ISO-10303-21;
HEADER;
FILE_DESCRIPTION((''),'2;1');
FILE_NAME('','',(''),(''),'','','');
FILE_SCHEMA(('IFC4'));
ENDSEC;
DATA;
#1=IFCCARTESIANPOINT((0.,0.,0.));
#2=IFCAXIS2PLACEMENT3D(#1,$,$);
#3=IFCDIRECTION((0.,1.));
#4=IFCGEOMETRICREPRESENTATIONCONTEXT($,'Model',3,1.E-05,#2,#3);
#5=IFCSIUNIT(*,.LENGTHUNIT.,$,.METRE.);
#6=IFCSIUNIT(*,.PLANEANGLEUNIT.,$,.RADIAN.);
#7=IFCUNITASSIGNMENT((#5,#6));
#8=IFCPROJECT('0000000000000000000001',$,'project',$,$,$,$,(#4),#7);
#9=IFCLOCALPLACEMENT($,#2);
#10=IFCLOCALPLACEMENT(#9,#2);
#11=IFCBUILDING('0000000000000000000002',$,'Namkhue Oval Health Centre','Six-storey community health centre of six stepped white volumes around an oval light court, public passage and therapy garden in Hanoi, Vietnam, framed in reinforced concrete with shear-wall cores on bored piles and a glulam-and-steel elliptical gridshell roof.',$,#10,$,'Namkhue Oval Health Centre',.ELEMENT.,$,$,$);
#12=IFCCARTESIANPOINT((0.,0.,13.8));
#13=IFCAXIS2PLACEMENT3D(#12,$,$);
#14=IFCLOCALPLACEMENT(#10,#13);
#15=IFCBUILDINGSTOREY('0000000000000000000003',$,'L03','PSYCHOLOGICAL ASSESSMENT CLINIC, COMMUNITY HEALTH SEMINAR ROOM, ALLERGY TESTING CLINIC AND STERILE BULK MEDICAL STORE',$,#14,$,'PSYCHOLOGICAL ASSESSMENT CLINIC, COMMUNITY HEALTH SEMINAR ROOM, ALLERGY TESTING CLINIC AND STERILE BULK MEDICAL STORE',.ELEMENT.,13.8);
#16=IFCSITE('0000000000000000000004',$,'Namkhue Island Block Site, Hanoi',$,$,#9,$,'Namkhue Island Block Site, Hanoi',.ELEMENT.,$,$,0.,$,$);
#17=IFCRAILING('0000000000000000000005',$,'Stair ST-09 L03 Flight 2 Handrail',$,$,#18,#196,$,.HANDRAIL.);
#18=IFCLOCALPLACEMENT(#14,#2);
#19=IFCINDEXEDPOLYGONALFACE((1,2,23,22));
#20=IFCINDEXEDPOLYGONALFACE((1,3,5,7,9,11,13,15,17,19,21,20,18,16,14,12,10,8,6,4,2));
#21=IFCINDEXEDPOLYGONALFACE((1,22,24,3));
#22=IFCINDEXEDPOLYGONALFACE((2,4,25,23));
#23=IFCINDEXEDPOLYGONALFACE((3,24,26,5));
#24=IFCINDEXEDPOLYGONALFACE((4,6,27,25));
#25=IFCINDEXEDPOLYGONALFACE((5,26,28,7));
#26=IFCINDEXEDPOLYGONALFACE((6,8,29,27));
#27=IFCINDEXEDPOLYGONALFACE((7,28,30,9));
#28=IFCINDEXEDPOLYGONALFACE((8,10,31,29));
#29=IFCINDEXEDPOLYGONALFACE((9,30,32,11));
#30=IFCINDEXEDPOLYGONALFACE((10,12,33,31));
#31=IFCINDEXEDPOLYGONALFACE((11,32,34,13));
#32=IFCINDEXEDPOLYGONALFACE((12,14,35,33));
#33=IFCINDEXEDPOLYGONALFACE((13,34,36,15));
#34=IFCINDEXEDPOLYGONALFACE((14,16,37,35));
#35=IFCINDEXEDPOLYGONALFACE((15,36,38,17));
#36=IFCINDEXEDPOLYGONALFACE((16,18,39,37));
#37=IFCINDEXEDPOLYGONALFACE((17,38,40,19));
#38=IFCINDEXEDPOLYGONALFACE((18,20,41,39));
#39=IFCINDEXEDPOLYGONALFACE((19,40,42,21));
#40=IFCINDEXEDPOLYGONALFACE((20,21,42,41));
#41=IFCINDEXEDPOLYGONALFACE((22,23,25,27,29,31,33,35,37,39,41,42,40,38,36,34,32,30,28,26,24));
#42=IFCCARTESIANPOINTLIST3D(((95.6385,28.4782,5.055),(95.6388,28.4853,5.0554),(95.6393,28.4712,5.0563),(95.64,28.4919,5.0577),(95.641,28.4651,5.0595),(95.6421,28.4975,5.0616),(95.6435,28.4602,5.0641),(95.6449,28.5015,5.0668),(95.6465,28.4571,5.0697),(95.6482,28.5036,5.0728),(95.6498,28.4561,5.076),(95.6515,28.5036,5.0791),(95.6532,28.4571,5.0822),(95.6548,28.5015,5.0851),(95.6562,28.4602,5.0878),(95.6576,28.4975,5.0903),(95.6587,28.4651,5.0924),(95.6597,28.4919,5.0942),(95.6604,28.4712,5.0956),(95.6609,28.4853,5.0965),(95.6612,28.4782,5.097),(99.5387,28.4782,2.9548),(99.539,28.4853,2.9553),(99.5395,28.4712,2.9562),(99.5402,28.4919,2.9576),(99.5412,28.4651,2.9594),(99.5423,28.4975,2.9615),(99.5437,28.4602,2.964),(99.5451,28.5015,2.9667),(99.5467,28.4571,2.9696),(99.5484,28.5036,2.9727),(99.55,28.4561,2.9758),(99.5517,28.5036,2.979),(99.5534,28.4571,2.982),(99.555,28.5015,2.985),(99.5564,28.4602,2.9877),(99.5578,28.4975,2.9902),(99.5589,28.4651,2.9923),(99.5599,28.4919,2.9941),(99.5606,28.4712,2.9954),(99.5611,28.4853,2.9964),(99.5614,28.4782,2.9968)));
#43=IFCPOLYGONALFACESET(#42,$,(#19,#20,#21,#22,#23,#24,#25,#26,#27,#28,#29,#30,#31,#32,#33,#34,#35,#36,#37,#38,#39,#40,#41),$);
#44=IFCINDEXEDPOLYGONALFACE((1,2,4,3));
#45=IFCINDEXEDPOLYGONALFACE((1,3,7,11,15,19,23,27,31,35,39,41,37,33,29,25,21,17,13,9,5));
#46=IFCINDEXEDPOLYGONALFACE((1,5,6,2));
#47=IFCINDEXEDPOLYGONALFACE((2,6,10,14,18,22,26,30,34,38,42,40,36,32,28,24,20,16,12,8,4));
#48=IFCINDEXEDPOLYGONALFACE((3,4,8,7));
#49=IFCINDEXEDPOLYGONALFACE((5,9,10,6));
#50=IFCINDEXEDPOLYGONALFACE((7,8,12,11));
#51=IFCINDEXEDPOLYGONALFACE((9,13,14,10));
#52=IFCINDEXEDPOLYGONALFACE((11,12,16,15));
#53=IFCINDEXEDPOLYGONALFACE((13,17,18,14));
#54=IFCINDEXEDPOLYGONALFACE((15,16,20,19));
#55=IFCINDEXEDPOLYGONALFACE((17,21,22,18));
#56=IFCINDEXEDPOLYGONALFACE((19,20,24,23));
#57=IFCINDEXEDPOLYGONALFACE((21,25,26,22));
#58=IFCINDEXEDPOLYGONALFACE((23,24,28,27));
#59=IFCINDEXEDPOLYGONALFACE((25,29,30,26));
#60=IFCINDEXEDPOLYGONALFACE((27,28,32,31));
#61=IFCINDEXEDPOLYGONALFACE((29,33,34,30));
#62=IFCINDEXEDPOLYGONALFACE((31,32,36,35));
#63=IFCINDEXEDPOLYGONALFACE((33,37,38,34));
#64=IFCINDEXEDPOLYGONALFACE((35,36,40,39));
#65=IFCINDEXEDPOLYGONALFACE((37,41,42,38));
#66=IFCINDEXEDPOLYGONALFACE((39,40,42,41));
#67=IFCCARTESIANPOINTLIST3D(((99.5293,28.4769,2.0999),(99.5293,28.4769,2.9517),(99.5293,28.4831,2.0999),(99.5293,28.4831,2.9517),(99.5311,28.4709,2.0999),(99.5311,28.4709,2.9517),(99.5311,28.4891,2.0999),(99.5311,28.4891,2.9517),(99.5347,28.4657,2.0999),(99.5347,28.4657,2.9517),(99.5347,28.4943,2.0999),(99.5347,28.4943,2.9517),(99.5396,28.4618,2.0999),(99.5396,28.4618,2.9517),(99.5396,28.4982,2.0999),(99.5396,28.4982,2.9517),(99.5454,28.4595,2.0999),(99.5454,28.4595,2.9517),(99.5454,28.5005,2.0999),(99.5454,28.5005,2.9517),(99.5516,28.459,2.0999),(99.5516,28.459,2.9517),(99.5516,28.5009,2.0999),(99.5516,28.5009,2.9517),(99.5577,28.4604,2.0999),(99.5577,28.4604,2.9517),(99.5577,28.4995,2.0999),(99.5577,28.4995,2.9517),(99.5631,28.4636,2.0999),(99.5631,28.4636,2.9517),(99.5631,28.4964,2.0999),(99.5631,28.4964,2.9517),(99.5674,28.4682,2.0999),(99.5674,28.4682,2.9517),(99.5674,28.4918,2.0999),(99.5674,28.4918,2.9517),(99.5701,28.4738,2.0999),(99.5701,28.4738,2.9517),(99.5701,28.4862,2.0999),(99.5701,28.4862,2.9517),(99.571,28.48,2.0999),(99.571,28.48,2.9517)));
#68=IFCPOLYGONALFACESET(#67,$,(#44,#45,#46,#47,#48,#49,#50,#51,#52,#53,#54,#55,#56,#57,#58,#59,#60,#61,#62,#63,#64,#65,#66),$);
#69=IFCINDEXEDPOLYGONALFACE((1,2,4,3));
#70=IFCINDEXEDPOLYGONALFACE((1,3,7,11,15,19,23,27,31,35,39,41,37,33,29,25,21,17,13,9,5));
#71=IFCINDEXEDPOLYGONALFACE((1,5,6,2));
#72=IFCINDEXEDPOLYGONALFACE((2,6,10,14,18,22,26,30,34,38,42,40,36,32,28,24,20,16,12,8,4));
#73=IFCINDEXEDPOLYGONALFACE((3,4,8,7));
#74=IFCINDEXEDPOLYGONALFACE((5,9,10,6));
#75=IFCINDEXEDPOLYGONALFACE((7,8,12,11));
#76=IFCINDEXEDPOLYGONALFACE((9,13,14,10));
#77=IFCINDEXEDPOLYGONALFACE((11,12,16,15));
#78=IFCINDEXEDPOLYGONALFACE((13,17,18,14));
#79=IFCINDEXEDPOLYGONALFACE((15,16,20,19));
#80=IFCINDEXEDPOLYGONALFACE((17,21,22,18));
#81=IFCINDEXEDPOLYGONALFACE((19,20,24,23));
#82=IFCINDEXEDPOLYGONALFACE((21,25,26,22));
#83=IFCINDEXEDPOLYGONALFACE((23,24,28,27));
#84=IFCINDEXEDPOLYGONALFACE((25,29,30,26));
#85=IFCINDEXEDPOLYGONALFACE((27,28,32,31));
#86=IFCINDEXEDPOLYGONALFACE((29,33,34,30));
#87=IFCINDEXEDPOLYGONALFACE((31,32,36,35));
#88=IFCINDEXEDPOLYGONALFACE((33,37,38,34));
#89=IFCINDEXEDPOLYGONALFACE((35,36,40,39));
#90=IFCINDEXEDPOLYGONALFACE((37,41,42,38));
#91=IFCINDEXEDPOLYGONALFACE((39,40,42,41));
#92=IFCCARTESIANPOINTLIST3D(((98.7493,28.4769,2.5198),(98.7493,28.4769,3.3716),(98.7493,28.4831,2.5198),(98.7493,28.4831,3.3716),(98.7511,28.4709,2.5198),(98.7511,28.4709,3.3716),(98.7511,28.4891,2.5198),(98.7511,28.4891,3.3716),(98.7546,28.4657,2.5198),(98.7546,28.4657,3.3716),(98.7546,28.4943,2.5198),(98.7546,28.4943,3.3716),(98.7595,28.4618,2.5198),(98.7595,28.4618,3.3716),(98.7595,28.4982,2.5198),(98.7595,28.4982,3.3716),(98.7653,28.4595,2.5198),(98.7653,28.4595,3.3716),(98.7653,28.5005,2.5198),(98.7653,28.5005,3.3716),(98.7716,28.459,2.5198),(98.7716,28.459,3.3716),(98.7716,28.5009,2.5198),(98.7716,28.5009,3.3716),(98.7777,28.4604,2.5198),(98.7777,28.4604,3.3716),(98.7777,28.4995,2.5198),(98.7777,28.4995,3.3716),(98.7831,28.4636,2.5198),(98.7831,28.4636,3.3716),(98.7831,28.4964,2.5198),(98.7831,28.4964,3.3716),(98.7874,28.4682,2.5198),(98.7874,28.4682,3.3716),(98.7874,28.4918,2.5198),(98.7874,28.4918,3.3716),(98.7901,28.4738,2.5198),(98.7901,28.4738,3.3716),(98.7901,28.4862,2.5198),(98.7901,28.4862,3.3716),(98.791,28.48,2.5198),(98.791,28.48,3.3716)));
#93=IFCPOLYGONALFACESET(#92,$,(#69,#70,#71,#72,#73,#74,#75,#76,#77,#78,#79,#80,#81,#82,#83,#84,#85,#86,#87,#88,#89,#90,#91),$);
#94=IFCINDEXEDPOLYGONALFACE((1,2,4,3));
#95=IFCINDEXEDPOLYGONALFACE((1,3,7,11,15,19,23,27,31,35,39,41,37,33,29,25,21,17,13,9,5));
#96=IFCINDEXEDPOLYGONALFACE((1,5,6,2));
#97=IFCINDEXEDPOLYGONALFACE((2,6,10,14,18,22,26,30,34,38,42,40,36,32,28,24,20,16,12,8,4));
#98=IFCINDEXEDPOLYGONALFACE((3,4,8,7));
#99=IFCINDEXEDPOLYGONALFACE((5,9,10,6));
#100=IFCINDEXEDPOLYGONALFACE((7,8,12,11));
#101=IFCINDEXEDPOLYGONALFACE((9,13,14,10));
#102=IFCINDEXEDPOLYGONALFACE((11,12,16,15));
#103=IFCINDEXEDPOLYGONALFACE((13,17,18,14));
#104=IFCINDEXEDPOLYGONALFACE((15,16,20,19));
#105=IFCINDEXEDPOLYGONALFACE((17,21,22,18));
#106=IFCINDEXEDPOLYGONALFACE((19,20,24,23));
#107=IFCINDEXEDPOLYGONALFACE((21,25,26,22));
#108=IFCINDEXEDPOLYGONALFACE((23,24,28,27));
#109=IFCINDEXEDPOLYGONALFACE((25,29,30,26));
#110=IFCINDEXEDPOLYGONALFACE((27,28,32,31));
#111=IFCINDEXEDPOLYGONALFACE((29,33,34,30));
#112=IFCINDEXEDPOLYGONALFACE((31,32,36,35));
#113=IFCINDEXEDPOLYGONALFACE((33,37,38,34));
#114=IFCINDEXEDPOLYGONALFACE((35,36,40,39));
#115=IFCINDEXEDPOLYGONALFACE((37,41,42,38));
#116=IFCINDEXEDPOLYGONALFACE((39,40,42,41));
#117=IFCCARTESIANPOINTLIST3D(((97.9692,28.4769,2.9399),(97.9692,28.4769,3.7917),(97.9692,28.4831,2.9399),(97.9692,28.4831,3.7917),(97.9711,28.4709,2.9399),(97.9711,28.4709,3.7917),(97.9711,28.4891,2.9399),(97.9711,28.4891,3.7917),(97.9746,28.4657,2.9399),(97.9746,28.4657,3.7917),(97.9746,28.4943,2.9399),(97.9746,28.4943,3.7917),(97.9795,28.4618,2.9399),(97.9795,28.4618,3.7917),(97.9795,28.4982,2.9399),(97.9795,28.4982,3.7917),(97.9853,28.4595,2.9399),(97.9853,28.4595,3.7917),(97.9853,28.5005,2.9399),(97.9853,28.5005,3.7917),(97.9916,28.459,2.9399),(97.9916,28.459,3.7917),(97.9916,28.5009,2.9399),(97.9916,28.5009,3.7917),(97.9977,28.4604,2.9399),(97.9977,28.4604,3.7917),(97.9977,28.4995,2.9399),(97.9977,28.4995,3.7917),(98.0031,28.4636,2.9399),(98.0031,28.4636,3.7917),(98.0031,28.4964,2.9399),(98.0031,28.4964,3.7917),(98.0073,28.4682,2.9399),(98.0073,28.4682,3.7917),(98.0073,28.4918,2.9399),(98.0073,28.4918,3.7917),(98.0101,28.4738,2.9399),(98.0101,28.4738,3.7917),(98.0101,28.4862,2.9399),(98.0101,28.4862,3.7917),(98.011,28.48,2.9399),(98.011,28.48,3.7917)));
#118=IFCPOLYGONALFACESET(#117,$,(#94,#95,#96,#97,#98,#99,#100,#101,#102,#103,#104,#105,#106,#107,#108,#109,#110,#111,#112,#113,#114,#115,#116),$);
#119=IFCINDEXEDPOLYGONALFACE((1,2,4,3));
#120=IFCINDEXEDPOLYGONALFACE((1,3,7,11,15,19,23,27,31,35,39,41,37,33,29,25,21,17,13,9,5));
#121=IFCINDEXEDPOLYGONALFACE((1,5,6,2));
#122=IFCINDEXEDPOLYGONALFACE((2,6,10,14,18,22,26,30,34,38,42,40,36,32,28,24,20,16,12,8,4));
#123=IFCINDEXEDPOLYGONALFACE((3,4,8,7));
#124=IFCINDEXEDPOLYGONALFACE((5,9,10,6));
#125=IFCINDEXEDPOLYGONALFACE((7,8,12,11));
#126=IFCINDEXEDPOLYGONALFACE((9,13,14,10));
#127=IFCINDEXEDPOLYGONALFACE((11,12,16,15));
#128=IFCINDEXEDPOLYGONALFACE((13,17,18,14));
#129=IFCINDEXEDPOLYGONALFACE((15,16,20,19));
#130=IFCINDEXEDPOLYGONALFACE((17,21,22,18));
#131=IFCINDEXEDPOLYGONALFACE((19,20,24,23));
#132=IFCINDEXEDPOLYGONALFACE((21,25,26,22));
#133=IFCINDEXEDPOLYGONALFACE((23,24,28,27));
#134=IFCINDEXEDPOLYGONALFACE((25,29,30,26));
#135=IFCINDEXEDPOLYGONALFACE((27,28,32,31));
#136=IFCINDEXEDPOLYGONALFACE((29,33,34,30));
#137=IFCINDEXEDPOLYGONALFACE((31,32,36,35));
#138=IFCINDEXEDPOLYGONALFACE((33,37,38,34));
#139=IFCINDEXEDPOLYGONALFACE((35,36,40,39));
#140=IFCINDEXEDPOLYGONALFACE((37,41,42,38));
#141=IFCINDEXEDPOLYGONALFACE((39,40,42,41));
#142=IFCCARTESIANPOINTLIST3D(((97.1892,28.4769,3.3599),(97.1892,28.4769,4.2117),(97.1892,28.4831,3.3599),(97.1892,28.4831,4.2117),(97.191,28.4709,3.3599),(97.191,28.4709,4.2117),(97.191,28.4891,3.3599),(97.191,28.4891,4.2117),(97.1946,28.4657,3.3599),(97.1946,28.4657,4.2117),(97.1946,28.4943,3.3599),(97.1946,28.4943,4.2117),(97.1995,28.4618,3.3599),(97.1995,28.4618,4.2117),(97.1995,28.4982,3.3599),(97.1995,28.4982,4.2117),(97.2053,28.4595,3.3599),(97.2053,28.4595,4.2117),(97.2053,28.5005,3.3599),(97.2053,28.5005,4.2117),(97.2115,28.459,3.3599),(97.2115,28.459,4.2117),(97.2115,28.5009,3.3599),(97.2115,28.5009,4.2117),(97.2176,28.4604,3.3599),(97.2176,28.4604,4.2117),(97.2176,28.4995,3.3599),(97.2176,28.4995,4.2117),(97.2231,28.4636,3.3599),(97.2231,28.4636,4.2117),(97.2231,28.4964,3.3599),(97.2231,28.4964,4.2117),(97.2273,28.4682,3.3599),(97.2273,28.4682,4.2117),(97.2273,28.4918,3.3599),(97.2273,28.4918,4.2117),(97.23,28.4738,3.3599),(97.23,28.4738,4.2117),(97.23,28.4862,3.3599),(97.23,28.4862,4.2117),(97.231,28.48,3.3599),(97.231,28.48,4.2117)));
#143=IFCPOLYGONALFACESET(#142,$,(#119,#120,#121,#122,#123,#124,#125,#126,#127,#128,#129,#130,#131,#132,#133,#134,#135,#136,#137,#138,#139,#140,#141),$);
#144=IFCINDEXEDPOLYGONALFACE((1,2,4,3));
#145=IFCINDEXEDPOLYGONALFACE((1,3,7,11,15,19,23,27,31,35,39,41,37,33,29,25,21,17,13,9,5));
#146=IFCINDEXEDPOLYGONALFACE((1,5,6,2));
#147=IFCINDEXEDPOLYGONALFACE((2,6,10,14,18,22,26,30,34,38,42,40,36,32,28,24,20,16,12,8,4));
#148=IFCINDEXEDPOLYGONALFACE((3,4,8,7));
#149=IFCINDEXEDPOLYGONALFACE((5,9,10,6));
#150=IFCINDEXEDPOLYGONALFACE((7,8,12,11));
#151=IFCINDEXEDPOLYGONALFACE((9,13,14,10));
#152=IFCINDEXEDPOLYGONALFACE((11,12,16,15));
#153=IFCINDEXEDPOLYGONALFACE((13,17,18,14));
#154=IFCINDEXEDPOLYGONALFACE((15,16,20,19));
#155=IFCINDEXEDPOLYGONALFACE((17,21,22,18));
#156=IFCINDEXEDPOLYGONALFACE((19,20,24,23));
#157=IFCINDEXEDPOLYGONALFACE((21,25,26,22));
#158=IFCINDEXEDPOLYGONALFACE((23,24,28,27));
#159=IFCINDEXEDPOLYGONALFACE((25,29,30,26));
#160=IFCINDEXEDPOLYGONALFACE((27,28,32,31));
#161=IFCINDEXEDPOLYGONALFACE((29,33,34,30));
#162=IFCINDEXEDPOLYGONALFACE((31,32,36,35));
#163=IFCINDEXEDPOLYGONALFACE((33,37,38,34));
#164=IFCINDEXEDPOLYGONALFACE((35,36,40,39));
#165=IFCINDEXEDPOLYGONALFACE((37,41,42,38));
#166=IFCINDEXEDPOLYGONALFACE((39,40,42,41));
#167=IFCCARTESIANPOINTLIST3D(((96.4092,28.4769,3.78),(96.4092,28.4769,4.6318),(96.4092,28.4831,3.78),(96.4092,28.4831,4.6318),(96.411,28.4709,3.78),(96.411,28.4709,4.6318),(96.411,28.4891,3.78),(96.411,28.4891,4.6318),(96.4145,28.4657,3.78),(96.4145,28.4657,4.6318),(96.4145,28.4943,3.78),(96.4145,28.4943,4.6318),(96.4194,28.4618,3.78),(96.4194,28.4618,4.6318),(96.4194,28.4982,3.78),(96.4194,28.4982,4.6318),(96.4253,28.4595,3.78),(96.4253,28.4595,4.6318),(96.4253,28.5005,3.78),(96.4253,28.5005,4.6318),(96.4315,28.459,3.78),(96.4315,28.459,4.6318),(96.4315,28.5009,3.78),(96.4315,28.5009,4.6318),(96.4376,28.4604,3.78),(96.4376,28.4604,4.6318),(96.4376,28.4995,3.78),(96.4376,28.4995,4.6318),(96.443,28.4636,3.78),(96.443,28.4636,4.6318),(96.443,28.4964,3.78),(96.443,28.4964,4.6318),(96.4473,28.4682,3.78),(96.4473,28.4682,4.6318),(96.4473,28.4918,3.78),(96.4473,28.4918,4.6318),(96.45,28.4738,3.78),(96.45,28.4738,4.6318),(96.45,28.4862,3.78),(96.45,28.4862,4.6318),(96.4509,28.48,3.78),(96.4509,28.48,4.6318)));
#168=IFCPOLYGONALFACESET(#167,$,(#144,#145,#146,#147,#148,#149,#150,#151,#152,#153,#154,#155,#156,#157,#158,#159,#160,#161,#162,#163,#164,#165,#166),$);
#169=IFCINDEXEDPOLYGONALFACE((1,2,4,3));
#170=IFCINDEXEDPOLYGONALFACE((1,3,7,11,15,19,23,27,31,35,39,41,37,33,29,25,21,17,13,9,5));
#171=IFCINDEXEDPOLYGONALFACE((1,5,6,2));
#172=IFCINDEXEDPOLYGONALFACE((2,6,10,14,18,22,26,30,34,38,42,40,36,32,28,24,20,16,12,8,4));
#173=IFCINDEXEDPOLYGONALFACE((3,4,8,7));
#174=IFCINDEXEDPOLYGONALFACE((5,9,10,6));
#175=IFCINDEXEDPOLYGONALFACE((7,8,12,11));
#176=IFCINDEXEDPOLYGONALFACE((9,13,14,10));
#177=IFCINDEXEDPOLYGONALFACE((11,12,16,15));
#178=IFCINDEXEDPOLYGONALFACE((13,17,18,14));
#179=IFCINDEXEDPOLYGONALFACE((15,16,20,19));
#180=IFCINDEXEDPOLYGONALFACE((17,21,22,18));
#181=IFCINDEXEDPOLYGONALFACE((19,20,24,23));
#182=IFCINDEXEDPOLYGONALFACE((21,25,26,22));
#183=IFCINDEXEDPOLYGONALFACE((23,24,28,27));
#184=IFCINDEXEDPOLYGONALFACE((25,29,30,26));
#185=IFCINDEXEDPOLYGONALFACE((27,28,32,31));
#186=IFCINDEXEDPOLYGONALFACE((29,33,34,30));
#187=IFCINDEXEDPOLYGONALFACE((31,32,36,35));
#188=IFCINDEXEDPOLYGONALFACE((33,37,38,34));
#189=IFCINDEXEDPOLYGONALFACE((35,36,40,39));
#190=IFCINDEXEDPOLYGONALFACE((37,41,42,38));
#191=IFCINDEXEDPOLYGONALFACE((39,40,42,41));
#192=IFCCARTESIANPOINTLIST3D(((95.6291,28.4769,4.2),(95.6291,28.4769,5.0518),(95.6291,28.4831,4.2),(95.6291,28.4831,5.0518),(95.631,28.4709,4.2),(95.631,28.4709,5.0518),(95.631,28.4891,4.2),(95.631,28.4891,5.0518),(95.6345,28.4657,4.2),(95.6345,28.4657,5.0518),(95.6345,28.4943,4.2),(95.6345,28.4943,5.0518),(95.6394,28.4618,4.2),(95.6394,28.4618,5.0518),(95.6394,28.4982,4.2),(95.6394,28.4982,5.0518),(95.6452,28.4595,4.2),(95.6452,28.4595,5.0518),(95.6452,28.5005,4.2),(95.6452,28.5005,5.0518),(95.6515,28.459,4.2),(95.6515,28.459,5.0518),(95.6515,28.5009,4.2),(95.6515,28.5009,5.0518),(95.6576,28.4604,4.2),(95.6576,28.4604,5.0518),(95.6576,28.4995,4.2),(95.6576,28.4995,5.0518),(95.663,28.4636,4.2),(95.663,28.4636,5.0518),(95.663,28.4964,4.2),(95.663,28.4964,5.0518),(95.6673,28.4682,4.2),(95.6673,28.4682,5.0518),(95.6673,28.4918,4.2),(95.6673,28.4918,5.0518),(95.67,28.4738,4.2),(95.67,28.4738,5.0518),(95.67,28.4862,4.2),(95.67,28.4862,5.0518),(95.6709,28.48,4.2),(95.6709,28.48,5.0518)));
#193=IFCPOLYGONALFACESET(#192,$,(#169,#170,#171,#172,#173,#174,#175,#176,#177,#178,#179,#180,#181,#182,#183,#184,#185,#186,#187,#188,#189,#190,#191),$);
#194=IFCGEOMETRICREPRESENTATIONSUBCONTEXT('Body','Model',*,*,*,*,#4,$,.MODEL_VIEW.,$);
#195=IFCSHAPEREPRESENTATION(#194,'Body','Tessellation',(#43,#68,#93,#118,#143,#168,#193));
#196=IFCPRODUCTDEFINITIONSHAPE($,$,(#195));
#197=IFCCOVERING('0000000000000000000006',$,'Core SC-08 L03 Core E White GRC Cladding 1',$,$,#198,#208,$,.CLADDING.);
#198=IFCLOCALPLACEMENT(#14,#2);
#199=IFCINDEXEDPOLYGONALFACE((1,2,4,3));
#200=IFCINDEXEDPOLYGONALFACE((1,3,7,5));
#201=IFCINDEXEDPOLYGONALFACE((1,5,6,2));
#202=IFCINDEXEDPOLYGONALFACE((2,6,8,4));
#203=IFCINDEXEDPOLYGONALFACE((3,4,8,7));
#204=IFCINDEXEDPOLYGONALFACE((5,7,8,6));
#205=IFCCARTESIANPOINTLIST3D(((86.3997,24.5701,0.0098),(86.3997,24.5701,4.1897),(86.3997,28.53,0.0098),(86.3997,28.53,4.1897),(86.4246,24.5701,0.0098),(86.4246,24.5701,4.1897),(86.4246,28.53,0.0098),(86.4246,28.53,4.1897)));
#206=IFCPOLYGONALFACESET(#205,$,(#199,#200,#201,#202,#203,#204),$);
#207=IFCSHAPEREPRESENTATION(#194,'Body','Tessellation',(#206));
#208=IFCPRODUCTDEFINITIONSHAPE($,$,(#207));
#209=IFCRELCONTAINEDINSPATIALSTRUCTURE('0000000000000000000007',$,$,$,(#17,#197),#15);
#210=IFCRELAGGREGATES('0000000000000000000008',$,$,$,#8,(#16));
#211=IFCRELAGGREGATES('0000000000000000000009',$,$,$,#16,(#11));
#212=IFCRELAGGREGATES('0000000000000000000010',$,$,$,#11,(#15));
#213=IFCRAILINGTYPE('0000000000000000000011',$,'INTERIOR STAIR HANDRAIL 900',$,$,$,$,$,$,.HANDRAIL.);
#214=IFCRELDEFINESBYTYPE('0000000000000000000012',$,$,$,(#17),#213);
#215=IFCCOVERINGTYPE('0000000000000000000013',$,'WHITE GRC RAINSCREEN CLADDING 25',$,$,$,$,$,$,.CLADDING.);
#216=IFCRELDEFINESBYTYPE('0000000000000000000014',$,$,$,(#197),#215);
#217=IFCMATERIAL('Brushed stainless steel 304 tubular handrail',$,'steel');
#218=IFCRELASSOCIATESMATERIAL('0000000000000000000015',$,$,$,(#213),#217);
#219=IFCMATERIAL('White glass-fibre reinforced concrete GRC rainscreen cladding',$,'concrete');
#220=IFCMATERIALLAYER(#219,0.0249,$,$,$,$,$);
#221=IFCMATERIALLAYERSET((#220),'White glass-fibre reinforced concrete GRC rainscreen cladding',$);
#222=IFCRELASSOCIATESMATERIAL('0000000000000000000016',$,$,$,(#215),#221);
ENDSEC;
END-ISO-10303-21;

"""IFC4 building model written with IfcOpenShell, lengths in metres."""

from ifc_helpers import new_model, si_unit, direction, frame, origin, origin_2d, place, context, subcontext, project, spatial, rectangle, circle, extrude, material, layer, layer_set, type_object, element, save


model = new_model("IFC4")

# Units and contexts
model_context = context("Model", 3, precision=1e-05, world=origin(), true_north=direction((0.0, 1.0)))
body_context = subcontext(model_context, "Body", "Model", "MODEL_VIEW")
ifc_project = project(units=[si_unit("LENGTHUNIT", "METRE"), si_unit("PLANEANGLEUNIT", "RADIAN")], contexts=[model_context])

# Site, building, storey
site_placement = place(None, origin())
site = spatial("IfcSite", under=ifc_project, at=site_placement, Name="Namkhue Island Block Site, Hanoi", LongName="Namkhue Island Block Site, Hanoi", CompositionType="ELEMENT", RefElevation=0.0)
building_placement = place(site_placement, origin())
building = spatial("IfcBuilding", under=site, at=building_placement, Name="Namkhue Oval Health Centre", Description="Six-storey community health centre of six stepped white volumes around an oval light court, public passage and therapy garden in Hanoi, Vietnam, framed in reinforced concrete with shear-wall cores on bored piles and a glulam-and-steel elliptical gridshell roof.", LongName="Namkhue Oval Health Centre", CompositionType="ELEMENT")
storey_placement = place(building_placement, frame((0.0, 0.0, 13.8)))
storey = spatial("IfcBuildingStorey", under=building, at=storey_placement, Name="L03", Description="PSYCHOLOGICAL ASSESSMENT CLINIC, COMMUNITY HEALTH SEMINAR ROOM, ALLERGY TESTING CLINIC AND STERILE BULK MEDICAL STORE", LongName="PSYCHOLOGICAL ASSESSMENT CLINIC, COMMUNITY HEALTH SEMINAR ROOM, ALLERGY TESTING CLINIC AND STERILE BULK MEDICAL STORE", CompositionType="ELEMENT", Elevation=13.8)

# Railing
ifc_material_1 = material(Name="Brushed stainless steel 304 tubular handrail", Category="steel")
railing_type_1 = type_object("IfcRailingType", Name="INTERIOR STAIR HANDRAIL 900", PredefinedType="HANDRAIL", material=ifc_material_1)
railing_1_placement = place(storey_placement, frame((99.55, 28.48, 2.0999)))
element("IfcRailing", 1, at=railing_1_placement, inside=storey, type_object=railing_type_1, Name="Stair ST-09 L03 Flight 2 Handrail", PredefinedType="HANDRAIL", context=body_context, shape_type="SweptSolid", body=[
    extrude(circle(Radius=0.0239, at=origin_2d()), frame((0.0, 0.0, 0.876), z_axis=(-0.880469, 0.0, 0.474103), x_axis=(0.0, -1.0, 0.0)), (0.0, 0.0, 1.0), 4.4297),
    extrude(circle(Radius=0.021, at=origin_2d()), origin(), (0.0, 0.0, 1.0), 0.8518),
    extrude(circle(Radius=0.021, at=origin_2d()), frame((-0.78, 0.0, 0.4199)), (0.0, 0.0, 1.0), 0.8518),
    extrude(circle(Radius=0.021, at=origin_2d()), frame((-1.5601, 0.0, 0.8401)), (0.0, 0.0, 1.0), 0.8518),
    extrude(circle(Radius=0.021, at=origin_2d()), frame((-2.3401, 0.0, 1.26)), (0.0, 0.0, 1.0), 0.8518),
    extrude(circle(Radius=0.021, at=origin_2d()), frame((-3.1201, 0.0, 1.6802)), (0.0, 0.0, 1.0), 0.8518),
    extrude(circle(Radius=0.021, at=origin_2d()), frame((-3.9001, 0.0, 2.1001)), (0.0, 0.0, 1.0), 0.8518),
])

# Covering
ifc_material_2 = material(Name="White glass-fibre reinforced concrete GRC rainscreen cladding", Category="concrete")
ifc_layer_1 = layer(ifc_material_2, 0.0249)
ifc_layer_set_1 = layer_set([ifc_layer_1], Name="White glass-fibre reinforced concrete GRC rainscreen cladding")
covering_type = type_object("IfcCoveringType", Name="WHITE GRC RAINSCREEN CLADDING 25", PredefinedType="CLADDING", material=ifc_layer_set_1)
covering_1_placement = place(storey_placement, frame((86.4121, 26.55, 0.0098), z_axis=(0.0, 0.0, 1.0), x_axis=(0.0, 1.0, 0.0)))
element("IfcCovering", 2, at=covering_1_placement, inside=storey, type_object=covering_type, Name="Core SC-08 L03 Core E White GRC Cladding 1", PredefinedType="CLADDING", context=body_context, shape_type="SweptSolid", body=[
    extrude(rectangle(XDim=3.96, YDim=0.0249, at=origin_2d()), origin(), (0.0, 0.0, 1.0), 4.1799),
])

save(model, "model.ifc")
